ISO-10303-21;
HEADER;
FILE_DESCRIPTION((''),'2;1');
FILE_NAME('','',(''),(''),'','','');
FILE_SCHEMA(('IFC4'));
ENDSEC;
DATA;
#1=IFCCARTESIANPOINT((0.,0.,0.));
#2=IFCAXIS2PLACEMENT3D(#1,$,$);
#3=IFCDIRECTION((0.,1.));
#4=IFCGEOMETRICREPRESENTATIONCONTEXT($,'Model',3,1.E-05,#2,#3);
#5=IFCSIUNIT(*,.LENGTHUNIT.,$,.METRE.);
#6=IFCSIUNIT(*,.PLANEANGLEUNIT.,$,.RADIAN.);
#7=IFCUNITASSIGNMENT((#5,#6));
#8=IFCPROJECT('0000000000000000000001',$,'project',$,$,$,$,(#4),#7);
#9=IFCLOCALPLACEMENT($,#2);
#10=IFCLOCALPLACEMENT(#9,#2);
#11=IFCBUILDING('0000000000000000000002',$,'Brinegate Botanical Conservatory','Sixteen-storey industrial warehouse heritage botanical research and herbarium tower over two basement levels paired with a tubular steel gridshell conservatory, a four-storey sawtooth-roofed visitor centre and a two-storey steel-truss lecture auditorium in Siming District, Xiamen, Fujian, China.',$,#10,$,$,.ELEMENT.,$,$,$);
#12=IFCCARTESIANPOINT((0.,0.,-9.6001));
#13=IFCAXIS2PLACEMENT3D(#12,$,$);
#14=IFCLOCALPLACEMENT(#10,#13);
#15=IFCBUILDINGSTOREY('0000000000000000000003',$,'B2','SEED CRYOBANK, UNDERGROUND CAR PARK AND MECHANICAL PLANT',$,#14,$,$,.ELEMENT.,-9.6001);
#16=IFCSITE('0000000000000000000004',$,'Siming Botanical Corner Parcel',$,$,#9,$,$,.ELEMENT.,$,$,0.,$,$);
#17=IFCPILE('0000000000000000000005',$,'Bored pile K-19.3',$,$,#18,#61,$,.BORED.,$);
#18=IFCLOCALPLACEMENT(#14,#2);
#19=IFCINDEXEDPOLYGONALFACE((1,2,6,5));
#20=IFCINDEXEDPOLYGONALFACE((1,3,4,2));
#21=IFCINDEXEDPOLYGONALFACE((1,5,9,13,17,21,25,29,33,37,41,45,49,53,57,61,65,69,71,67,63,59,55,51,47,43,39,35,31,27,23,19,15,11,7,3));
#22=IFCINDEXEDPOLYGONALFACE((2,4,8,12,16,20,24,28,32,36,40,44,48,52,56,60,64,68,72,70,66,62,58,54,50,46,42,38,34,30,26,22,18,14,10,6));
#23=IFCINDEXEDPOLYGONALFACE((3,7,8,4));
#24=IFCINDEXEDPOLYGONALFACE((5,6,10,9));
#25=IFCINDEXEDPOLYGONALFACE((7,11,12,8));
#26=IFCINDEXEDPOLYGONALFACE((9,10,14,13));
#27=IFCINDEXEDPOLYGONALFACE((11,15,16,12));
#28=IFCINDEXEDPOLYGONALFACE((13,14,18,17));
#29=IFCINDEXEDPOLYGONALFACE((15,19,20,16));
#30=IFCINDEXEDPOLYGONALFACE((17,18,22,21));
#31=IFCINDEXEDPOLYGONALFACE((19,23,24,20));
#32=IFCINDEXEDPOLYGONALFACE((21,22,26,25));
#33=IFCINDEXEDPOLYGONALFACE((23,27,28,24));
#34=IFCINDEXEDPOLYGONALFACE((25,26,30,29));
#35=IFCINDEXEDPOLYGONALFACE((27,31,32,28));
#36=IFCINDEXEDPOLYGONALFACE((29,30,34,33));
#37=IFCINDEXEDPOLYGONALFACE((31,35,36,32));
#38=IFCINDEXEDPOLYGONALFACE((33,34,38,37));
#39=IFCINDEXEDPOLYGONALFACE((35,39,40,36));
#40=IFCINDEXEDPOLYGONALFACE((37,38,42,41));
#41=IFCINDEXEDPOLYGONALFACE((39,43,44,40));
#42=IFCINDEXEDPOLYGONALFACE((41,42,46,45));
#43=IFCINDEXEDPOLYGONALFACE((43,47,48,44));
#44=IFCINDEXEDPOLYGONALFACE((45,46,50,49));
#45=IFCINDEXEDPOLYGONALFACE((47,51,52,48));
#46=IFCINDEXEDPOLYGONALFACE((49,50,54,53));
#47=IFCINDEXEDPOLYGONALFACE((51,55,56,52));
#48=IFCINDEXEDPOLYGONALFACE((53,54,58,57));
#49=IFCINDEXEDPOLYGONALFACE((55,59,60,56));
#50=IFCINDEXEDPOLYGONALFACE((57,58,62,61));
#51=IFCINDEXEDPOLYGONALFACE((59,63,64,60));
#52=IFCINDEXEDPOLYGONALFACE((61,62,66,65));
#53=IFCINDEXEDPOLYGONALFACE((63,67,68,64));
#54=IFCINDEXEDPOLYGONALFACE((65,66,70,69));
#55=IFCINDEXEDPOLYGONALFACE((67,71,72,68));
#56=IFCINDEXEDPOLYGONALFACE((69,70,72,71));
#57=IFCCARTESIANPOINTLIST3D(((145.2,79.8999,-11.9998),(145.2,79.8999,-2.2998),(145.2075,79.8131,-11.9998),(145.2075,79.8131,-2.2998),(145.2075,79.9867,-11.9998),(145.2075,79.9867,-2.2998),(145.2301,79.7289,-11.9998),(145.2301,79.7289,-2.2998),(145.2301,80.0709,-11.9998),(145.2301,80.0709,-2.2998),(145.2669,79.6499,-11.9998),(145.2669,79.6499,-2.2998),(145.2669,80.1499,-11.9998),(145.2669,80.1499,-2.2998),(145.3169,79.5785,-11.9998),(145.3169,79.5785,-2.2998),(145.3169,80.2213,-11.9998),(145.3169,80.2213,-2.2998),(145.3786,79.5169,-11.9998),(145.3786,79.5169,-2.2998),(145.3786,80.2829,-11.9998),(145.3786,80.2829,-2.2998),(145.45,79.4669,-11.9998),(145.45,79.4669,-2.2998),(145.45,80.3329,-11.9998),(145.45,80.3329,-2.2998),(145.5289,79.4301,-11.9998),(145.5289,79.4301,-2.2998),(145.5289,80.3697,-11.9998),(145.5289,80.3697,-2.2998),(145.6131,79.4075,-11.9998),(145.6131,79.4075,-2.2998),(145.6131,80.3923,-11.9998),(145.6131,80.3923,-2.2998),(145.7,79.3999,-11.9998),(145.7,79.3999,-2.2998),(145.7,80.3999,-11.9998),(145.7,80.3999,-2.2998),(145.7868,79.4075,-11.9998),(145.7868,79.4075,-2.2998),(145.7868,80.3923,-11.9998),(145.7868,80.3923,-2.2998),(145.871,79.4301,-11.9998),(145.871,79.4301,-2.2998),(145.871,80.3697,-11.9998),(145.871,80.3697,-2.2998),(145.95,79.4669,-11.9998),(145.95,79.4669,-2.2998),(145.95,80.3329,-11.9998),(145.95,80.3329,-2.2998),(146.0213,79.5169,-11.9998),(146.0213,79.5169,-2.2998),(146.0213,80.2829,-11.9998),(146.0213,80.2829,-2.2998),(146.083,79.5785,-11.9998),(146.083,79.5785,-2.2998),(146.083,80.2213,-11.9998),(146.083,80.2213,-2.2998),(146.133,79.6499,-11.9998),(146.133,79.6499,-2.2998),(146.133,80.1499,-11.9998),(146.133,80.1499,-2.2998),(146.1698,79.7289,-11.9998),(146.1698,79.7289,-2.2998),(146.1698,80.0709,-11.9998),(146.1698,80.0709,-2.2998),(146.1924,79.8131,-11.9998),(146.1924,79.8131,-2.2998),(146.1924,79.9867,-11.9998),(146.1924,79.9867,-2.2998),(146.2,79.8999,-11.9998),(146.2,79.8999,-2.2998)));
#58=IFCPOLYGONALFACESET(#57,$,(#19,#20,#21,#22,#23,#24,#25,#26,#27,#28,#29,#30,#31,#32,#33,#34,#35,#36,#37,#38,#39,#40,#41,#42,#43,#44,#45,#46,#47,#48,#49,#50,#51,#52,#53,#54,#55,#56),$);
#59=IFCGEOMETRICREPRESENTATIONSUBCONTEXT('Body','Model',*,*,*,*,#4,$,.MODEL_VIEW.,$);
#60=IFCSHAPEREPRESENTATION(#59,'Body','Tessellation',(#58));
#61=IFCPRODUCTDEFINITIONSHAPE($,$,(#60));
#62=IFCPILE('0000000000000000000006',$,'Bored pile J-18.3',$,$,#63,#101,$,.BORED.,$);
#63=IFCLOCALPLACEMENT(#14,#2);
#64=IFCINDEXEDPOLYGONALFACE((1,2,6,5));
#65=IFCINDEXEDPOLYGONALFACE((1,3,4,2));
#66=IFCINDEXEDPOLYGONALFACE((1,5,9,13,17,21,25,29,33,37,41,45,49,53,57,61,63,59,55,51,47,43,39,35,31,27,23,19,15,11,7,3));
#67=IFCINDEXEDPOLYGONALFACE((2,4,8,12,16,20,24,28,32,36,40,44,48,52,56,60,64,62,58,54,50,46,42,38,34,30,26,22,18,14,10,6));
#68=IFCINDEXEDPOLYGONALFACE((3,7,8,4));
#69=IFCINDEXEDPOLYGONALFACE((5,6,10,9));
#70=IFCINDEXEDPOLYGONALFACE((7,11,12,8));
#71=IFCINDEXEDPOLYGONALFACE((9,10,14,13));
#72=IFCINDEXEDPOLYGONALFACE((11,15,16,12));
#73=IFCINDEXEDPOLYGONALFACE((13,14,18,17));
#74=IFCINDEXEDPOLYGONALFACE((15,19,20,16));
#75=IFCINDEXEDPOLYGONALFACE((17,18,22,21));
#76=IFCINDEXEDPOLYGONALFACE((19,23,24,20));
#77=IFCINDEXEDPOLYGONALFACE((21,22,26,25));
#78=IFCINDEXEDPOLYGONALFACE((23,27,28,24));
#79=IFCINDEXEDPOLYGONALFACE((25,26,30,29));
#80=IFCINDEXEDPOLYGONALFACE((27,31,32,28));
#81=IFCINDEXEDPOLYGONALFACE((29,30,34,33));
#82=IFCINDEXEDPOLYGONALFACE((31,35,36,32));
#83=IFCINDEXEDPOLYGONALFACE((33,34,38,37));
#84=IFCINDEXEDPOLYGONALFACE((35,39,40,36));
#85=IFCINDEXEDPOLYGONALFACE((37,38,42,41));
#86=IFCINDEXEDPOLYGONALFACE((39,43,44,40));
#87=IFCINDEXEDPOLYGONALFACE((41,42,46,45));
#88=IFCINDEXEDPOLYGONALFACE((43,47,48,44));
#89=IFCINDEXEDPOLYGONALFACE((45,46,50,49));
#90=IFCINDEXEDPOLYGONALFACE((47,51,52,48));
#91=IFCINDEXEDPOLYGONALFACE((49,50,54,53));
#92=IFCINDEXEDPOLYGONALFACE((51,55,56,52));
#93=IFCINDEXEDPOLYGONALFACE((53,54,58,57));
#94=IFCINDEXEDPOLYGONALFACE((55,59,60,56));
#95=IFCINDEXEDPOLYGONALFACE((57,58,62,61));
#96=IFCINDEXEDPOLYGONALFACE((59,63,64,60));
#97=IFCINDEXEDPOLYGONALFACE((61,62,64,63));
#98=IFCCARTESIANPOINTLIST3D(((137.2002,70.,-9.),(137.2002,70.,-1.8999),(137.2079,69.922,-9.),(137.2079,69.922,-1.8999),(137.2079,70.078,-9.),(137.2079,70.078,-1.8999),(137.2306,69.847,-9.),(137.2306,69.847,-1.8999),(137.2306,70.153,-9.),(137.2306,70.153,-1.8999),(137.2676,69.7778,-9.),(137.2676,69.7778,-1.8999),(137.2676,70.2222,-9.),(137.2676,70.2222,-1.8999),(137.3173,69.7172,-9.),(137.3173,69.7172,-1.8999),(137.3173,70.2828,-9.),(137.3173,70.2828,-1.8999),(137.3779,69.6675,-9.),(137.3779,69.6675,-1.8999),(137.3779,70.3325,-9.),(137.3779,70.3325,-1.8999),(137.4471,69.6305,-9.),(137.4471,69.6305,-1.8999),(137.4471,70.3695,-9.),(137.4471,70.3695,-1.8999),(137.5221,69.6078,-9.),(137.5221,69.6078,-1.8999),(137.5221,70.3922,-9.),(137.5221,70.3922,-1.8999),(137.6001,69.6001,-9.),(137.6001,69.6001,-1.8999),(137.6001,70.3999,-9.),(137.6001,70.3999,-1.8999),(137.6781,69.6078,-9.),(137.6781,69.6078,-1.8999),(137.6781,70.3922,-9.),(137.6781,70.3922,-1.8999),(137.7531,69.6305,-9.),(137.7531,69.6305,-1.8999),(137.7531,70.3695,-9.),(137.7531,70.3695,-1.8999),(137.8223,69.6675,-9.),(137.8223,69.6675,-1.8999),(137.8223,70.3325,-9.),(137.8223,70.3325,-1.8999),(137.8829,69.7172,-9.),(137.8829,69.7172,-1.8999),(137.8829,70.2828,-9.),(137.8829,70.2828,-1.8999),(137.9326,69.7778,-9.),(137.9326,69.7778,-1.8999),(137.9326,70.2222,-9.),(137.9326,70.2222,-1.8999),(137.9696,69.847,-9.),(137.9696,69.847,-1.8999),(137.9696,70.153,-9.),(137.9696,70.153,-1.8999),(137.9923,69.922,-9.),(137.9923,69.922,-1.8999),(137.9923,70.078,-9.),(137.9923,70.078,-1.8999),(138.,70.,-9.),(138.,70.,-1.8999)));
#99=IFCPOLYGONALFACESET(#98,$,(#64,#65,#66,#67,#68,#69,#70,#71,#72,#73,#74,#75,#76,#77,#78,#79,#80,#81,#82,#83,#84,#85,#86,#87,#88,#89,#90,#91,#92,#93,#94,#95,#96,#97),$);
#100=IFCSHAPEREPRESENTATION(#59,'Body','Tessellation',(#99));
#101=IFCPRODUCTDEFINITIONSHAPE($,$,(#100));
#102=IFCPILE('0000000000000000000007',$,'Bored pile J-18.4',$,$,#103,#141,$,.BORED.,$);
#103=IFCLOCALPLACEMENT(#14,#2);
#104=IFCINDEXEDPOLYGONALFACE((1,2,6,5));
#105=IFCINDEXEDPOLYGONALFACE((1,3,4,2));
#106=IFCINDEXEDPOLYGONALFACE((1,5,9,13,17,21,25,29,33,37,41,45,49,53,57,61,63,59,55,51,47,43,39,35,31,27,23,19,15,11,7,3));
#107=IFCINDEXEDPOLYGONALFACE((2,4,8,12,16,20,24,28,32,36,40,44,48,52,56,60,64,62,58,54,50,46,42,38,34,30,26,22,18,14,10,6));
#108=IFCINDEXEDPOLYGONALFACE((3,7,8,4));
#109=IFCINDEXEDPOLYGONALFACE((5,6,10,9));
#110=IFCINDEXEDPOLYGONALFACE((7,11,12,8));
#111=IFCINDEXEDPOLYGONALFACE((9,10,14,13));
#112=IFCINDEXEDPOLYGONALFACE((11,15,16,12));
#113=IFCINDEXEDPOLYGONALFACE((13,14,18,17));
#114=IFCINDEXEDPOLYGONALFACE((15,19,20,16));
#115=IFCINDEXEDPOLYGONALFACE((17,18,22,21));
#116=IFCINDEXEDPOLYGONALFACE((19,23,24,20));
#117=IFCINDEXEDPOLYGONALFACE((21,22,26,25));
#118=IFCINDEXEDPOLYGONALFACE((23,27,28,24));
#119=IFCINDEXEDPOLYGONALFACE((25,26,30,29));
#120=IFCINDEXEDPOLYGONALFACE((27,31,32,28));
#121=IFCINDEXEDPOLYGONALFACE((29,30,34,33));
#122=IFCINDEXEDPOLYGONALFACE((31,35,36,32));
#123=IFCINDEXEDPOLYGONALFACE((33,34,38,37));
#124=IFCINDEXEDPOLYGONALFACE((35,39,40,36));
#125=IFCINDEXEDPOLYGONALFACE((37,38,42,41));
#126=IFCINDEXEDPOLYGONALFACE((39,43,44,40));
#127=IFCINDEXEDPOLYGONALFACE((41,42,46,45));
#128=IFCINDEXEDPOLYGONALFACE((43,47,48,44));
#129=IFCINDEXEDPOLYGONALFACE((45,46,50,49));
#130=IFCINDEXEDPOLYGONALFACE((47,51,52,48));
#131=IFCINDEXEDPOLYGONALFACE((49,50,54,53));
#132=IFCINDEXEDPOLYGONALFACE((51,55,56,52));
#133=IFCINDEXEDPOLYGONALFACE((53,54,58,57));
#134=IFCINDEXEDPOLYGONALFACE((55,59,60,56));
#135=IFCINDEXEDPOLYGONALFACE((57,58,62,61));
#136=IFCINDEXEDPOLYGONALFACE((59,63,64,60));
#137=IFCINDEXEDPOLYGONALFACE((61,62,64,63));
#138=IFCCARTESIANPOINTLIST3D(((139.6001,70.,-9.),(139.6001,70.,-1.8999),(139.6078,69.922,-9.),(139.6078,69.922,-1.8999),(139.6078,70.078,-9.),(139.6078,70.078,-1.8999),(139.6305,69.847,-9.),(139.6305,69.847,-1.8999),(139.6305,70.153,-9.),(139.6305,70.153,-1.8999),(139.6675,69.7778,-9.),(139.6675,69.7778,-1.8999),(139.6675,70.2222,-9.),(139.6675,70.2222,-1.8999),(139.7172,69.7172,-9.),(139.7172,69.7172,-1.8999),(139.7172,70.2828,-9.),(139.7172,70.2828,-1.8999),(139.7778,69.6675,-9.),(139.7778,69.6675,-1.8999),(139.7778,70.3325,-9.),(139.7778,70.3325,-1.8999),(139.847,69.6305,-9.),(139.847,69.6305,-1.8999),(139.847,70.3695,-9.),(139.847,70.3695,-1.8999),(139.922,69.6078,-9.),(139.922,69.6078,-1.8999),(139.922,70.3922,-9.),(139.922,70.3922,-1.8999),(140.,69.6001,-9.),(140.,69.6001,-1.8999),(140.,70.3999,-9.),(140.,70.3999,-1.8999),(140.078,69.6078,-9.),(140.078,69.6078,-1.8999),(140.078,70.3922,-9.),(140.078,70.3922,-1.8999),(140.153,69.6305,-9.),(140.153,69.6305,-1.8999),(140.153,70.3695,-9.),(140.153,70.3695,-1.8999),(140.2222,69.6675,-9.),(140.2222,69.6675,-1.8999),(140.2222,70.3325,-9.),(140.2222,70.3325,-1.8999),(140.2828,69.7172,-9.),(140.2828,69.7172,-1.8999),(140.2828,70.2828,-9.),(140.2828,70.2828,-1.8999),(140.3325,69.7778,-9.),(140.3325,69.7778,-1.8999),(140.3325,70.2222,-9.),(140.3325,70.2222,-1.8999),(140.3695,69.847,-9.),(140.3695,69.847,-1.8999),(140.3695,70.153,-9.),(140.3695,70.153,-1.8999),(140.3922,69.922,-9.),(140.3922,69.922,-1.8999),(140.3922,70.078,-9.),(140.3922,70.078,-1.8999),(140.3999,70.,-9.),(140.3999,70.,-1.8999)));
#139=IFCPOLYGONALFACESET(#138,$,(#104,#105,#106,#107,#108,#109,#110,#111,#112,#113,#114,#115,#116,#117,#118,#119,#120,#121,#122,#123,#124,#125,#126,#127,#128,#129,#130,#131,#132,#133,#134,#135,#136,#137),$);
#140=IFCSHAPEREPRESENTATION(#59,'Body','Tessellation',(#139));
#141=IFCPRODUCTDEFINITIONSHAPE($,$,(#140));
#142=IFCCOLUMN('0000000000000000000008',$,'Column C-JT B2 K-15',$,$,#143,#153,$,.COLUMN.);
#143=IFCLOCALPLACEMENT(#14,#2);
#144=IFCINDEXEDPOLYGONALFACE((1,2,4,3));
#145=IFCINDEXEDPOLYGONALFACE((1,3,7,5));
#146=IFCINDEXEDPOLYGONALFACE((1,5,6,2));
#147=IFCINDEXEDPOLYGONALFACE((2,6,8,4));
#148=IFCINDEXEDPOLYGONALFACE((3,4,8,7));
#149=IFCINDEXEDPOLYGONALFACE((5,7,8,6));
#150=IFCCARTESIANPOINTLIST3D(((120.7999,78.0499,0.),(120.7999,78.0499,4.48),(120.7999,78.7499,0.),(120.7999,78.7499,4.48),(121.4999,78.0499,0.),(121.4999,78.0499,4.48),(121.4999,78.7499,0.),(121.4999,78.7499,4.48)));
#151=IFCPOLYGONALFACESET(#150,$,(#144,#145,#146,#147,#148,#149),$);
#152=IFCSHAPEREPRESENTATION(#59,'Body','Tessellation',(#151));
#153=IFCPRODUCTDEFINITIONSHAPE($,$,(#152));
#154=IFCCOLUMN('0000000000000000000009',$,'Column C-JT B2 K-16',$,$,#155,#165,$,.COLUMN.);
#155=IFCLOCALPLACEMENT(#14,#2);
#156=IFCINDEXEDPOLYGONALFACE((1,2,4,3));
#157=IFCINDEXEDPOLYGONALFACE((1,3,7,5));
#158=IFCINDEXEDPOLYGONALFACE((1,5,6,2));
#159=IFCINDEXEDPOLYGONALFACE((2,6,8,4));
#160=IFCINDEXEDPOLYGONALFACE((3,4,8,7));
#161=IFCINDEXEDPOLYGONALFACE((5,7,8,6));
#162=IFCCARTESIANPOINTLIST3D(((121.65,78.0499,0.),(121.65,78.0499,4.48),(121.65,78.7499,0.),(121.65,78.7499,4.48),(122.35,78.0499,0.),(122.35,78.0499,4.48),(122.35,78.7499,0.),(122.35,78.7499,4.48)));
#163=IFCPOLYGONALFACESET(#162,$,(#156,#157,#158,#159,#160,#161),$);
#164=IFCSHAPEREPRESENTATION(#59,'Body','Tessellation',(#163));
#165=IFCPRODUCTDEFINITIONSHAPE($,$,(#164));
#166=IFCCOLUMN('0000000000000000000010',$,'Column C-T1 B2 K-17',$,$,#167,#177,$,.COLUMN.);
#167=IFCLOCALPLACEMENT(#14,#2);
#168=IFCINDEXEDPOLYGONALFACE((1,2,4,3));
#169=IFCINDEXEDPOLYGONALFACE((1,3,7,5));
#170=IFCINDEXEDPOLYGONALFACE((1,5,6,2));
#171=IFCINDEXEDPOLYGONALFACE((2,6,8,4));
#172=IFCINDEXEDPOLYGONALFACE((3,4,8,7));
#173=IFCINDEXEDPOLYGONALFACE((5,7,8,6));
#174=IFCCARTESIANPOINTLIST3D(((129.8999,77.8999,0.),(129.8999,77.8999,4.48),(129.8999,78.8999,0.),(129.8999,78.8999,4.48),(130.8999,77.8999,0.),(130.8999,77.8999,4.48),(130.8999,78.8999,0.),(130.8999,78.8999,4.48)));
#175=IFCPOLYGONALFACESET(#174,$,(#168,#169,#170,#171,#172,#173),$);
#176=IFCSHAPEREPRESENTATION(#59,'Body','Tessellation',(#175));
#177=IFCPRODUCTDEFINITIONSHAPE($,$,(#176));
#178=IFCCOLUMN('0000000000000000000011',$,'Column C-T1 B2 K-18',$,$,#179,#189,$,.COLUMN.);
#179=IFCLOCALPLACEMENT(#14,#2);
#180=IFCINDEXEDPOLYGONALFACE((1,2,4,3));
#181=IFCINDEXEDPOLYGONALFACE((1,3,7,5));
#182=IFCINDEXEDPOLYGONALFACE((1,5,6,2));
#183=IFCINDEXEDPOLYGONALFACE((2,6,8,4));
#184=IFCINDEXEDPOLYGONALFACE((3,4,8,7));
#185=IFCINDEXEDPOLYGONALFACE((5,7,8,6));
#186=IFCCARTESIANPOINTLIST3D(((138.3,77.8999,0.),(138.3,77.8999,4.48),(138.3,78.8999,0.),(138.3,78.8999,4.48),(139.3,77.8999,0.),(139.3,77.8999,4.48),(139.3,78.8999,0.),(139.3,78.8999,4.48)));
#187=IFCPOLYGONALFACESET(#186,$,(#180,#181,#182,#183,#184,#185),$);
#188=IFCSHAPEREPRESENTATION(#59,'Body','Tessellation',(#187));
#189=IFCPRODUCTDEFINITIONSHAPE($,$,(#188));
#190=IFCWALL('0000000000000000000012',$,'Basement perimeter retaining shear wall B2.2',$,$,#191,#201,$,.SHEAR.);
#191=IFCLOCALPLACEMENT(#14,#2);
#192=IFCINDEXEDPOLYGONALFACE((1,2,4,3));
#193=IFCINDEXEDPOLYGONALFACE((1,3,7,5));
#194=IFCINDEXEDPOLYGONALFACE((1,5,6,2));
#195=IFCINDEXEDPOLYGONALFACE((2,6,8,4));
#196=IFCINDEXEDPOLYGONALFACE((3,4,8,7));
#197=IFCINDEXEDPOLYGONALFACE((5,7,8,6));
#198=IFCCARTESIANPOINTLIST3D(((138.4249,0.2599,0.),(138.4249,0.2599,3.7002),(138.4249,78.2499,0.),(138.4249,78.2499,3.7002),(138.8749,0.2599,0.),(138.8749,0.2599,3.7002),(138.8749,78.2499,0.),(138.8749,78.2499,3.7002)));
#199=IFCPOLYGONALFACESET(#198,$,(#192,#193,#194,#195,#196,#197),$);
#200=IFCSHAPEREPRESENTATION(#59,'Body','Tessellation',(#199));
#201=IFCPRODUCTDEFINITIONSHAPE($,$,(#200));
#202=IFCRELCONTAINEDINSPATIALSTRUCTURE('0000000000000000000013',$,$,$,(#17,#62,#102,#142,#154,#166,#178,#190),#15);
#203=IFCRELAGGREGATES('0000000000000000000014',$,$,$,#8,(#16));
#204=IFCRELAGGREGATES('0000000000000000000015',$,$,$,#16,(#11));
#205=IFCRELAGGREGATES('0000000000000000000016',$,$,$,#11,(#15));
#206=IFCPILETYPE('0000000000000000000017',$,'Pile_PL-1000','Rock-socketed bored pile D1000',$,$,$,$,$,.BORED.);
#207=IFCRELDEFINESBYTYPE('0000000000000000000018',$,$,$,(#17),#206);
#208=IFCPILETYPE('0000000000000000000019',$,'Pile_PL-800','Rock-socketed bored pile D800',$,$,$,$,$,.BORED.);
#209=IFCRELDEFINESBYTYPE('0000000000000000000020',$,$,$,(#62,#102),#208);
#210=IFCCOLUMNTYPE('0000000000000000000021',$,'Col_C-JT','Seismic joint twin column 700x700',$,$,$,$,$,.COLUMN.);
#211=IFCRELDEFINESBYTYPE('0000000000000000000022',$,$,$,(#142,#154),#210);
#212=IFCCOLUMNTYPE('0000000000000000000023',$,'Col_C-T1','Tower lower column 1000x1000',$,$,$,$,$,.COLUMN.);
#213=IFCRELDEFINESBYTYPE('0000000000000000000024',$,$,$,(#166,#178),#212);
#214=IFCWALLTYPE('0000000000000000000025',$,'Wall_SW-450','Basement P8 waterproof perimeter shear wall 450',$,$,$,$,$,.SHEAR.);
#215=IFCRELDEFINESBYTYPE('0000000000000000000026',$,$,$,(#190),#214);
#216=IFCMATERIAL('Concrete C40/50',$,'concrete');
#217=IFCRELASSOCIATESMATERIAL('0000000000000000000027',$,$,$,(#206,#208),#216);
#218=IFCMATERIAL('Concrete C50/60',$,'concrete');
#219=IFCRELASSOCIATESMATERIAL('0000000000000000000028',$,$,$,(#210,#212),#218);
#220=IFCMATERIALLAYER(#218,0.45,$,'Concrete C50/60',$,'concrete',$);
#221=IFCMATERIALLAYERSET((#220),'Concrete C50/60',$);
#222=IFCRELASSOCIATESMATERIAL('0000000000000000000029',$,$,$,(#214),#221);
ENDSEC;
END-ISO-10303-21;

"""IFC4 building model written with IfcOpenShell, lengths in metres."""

from ifc_helpers import new_model, si_unit, direction, frame, frame_2d, origin, origin_2d, place, context, subcontext, project, spatial, rectangle, circle, extrude, material, layer, layer_set, material_profile, profile_set, type_object, element, save


model = new_model("IFC4")

# Units and contexts
model_context = context("Model", 3, precision=1e-05, world=origin(), true_north=direction((0.0, 1.0)))
body_context = subcontext(model_context, "Body", "Model", "MODEL_VIEW")
ifc_project = project(units=[si_unit("LENGTHUNIT", "METRE"), si_unit("PLANEANGLEUNIT", "RADIAN")], contexts=[model_context])

# Site, building, storey
site_placement = place(None, origin())
site = spatial("IfcSite", under=ifc_project, at=site_placement, Name="Siming Botanical Corner Parcel", CompositionType="ELEMENT", RefElevation=0.0)
building_placement = place(site_placement, origin())
building = spatial("IfcBuilding", under=site, at=building_placement, Name="Brinegate Botanical Conservatory", Description="Sixteen-storey industrial warehouse heritage botanical research and herbarium tower over two basement levels paired with a tubular steel gridshell conservatory, a four-storey sawtooth-roofed visitor centre and a two-storey steel-truss lecture auditorium in Siming District, Xiamen, Fujian, China.", CompositionType="ELEMENT")
storey_placement = place(building_placement, frame((0.0, 0.0, -9.6001)))
storey = spatial("IfcBuildingStorey", under=building, at=storey_placement, Name="B2", Description="SEED CRYOBANK, UNDERGROUND CAR PARK AND MECHANICAL PLANT", CompositionType="ELEMENT", Elevation=-9.6001)

# Shared definitions
ifc_material_1 = material(Name="Concrete C40/50", Category="concrete")

# Piles
ifc_material_profile_1 = material_profile(ifc_material_1, circle(Radius=0.5, at=origin_2d()), Name="PILE D1000")
ifc_profile_set_1 = profile_set([ifc_material_profile_1], Name="Concrete C40/50")
pile_type_1 = type_object("IfcPileType", Name="Pile_PL-1000", Description="Rock-socketed bored pile D1000", PredefinedType="BORED", material=ifc_profile_set_1)
for number, where, z_axis, x_axis, name in (
    (1, (145.7, 79.8999, -2.2998), (0.0, 0.0, -1.0), (1.0, 0.0, 0.0), "Bored pile K-19.3"),
):
    element("IfcPile", number, at=place(storey_placement, frame(where, z_axis=z_axis, x_axis=x_axis)), inside=storey, type_object=pile_type_1, Name=name, PredefinedType="BORED", context=body_context, shape_type="SweptSolid", body=[
        extrude(circle(Radius=0.5, at=origin_2d()), origin(), (0.0, 0.0, 1.0), 9.7),
    ])
ifc_material_profile_2 = material_profile(ifc_material_1, circle(Radius=0.3999, at=origin_2d()), Name="PILE D800")
ifc_profile_set_2 = profile_set([ifc_material_profile_2], Name="Concrete C40/50")
pile_type_2 = type_object("IfcPileType", Name="Pile_PL-800", Description="Rock-socketed bored pile D800", PredefinedType="BORED", material=ifc_profile_set_2)
for number, where, z_axis, x_axis, name in (
    (2, (137.6001, 70.0, -1.8999), (0.0, 0.0, -1.0), (1.0, 0.0, 0.0), "Bored pile J-18.3"),
    (3, (140.0, 70.0, -1.8999), (0.0, 0.0, -1.0), (1.0, 0.0, 0.0), "Bored pile J-18.4"),
):
    element("IfcPile", number, at=place(storey_placement, frame(where, z_axis=z_axis, x_axis=x_axis)), inside=storey, type_object=pile_type_2, Name=name, PredefinedType="BORED", context=body_context, shape_type="SweptSolid", body=[
        extrude(circle(Radius=0.3999, at=origin_2d()), origin(), (0.0, 0.0, 1.0), 7.1001),
    ])

# Columns
ifc_material_2 = material(Name="Concrete C50/60", Category="concrete")
ifc_material_profile_3 = material_profile(ifc_material_2, rectangle(XDim=0.7, YDim=0.7, at=origin_2d()), Name="RC COL 700x700")
ifc_profile_set_3 = profile_set([ifc_material_profile_3], Name="Concrete C50/60")
column_type_1 = type_object("IfcColumnType", Name="Col_C-JT", Description="Seismic joint twin column 700x700", PredefinedType="COLUMN", material=ifc_profile_set_3)
for number, where, z_axis, x_axis, name in (
    (4, (121.1499, 78.3999, 0.0), (0.0, 0.0, 1.0), (1.0, 0.0, 0.0), "Column C-JT B2 K-15"),
    (5, (122.0, 78.3999, 0.0), (0.0, 0.0, 1.0), (1.0, 0.0, 0.0), "Column C-JT B2 K-16"),
):
    element("IfcColumn", number, at=place(storey_placement, frame(where, z_axis=z_axis, x_axis=x_axis)), inside=storey, type_object=column_type_1, Name=name, PredefinedType="COLUMN", context=body_context, shape_type="SweptSolid", body=[
        extrude(rectangle(XDim=0.7, YDim=0.7, at=origin_2d()), origin(), (0.0, 0.0, 1.0), 4.48),
    ])
ifc_material_profile_4 = material_profile(ifc_material_2, rectangle(XDim=1.0, YDim=1.0, at=origin_2d()), Name="RC COL 1000x1000")
ifc_profile_set_4 = profile_set([ifc_material_profile_4], Name="Concrete C50/60")
column_type_2 = type_object("IfcColumnType", Name="Col_C-T1", Description="Tower lower column 1000x1000", PredefinedType="COLUMN", material=ifc_profile_set_4)
for number, where, z_axis, x_axis, name in (
    (6, (130.3999, 78.3999, 0.0), (0.0, 0.0, 1.0), (1.0, 0.0, 0.0), "Column C-T1 B2 K-17"),
    (7, (138.8, 78.3999, 0.0), (0.0, 0.0, 1.0), (1.0, 0.0, 0.0), "Column C-T1 B2 K-18"),
):
    element("IfcColumn", number, at=place(storey_placement, frame(where, z_axis=z_axis, x_axis=x_axis)), inside=storey, type_object=column_type_2, Name=name, PredefinedType="COLUMN", context=body_context, shape_type="SweptSolid", body=[
        extrude(rectangle(XDim=1.0, YDim=1.0, at=origin_2d()), origin(), (0.0, 0.0, 1.0), 4.48),
    ])

# Wall
ifc_layer = layer(ifc_material_2, 0.45, Name="Concrete C50/60", Category="concrete")
ifc_layer_set = layer_set([ifc_layer], Name="Concrete C50/60")
wall_type = type_object("IfcWallType", Name="Wall_SW-450", Description="Basement P8 waterproof perimeter shear wall 450", PredefinedType="SHEAR", material=ifc_layer_set)
wall_placement = place(storey_placement, frame((138.6499, 78.25, 0.0), z_axis=(0.0, 0.0, 1.0), x_axis=(0.0, -1.0, 0.0)))
element("IfcWall", 8, at=wall_placement, inside=storey, type_object=wall_type, Name="Basement perimeter retaining shear wall B2.2", PredefinedType="SHEAR", context=body_context, shape_type="SweptSolid", body=[
    extrude(rectangle(XDim=77.99, YDim=0.45, at=frame_2d((38.9951, 0.0))), origin(), (0.0, 0.0, 1.0), 3.7002),
])

save(model, "model.ifc")
